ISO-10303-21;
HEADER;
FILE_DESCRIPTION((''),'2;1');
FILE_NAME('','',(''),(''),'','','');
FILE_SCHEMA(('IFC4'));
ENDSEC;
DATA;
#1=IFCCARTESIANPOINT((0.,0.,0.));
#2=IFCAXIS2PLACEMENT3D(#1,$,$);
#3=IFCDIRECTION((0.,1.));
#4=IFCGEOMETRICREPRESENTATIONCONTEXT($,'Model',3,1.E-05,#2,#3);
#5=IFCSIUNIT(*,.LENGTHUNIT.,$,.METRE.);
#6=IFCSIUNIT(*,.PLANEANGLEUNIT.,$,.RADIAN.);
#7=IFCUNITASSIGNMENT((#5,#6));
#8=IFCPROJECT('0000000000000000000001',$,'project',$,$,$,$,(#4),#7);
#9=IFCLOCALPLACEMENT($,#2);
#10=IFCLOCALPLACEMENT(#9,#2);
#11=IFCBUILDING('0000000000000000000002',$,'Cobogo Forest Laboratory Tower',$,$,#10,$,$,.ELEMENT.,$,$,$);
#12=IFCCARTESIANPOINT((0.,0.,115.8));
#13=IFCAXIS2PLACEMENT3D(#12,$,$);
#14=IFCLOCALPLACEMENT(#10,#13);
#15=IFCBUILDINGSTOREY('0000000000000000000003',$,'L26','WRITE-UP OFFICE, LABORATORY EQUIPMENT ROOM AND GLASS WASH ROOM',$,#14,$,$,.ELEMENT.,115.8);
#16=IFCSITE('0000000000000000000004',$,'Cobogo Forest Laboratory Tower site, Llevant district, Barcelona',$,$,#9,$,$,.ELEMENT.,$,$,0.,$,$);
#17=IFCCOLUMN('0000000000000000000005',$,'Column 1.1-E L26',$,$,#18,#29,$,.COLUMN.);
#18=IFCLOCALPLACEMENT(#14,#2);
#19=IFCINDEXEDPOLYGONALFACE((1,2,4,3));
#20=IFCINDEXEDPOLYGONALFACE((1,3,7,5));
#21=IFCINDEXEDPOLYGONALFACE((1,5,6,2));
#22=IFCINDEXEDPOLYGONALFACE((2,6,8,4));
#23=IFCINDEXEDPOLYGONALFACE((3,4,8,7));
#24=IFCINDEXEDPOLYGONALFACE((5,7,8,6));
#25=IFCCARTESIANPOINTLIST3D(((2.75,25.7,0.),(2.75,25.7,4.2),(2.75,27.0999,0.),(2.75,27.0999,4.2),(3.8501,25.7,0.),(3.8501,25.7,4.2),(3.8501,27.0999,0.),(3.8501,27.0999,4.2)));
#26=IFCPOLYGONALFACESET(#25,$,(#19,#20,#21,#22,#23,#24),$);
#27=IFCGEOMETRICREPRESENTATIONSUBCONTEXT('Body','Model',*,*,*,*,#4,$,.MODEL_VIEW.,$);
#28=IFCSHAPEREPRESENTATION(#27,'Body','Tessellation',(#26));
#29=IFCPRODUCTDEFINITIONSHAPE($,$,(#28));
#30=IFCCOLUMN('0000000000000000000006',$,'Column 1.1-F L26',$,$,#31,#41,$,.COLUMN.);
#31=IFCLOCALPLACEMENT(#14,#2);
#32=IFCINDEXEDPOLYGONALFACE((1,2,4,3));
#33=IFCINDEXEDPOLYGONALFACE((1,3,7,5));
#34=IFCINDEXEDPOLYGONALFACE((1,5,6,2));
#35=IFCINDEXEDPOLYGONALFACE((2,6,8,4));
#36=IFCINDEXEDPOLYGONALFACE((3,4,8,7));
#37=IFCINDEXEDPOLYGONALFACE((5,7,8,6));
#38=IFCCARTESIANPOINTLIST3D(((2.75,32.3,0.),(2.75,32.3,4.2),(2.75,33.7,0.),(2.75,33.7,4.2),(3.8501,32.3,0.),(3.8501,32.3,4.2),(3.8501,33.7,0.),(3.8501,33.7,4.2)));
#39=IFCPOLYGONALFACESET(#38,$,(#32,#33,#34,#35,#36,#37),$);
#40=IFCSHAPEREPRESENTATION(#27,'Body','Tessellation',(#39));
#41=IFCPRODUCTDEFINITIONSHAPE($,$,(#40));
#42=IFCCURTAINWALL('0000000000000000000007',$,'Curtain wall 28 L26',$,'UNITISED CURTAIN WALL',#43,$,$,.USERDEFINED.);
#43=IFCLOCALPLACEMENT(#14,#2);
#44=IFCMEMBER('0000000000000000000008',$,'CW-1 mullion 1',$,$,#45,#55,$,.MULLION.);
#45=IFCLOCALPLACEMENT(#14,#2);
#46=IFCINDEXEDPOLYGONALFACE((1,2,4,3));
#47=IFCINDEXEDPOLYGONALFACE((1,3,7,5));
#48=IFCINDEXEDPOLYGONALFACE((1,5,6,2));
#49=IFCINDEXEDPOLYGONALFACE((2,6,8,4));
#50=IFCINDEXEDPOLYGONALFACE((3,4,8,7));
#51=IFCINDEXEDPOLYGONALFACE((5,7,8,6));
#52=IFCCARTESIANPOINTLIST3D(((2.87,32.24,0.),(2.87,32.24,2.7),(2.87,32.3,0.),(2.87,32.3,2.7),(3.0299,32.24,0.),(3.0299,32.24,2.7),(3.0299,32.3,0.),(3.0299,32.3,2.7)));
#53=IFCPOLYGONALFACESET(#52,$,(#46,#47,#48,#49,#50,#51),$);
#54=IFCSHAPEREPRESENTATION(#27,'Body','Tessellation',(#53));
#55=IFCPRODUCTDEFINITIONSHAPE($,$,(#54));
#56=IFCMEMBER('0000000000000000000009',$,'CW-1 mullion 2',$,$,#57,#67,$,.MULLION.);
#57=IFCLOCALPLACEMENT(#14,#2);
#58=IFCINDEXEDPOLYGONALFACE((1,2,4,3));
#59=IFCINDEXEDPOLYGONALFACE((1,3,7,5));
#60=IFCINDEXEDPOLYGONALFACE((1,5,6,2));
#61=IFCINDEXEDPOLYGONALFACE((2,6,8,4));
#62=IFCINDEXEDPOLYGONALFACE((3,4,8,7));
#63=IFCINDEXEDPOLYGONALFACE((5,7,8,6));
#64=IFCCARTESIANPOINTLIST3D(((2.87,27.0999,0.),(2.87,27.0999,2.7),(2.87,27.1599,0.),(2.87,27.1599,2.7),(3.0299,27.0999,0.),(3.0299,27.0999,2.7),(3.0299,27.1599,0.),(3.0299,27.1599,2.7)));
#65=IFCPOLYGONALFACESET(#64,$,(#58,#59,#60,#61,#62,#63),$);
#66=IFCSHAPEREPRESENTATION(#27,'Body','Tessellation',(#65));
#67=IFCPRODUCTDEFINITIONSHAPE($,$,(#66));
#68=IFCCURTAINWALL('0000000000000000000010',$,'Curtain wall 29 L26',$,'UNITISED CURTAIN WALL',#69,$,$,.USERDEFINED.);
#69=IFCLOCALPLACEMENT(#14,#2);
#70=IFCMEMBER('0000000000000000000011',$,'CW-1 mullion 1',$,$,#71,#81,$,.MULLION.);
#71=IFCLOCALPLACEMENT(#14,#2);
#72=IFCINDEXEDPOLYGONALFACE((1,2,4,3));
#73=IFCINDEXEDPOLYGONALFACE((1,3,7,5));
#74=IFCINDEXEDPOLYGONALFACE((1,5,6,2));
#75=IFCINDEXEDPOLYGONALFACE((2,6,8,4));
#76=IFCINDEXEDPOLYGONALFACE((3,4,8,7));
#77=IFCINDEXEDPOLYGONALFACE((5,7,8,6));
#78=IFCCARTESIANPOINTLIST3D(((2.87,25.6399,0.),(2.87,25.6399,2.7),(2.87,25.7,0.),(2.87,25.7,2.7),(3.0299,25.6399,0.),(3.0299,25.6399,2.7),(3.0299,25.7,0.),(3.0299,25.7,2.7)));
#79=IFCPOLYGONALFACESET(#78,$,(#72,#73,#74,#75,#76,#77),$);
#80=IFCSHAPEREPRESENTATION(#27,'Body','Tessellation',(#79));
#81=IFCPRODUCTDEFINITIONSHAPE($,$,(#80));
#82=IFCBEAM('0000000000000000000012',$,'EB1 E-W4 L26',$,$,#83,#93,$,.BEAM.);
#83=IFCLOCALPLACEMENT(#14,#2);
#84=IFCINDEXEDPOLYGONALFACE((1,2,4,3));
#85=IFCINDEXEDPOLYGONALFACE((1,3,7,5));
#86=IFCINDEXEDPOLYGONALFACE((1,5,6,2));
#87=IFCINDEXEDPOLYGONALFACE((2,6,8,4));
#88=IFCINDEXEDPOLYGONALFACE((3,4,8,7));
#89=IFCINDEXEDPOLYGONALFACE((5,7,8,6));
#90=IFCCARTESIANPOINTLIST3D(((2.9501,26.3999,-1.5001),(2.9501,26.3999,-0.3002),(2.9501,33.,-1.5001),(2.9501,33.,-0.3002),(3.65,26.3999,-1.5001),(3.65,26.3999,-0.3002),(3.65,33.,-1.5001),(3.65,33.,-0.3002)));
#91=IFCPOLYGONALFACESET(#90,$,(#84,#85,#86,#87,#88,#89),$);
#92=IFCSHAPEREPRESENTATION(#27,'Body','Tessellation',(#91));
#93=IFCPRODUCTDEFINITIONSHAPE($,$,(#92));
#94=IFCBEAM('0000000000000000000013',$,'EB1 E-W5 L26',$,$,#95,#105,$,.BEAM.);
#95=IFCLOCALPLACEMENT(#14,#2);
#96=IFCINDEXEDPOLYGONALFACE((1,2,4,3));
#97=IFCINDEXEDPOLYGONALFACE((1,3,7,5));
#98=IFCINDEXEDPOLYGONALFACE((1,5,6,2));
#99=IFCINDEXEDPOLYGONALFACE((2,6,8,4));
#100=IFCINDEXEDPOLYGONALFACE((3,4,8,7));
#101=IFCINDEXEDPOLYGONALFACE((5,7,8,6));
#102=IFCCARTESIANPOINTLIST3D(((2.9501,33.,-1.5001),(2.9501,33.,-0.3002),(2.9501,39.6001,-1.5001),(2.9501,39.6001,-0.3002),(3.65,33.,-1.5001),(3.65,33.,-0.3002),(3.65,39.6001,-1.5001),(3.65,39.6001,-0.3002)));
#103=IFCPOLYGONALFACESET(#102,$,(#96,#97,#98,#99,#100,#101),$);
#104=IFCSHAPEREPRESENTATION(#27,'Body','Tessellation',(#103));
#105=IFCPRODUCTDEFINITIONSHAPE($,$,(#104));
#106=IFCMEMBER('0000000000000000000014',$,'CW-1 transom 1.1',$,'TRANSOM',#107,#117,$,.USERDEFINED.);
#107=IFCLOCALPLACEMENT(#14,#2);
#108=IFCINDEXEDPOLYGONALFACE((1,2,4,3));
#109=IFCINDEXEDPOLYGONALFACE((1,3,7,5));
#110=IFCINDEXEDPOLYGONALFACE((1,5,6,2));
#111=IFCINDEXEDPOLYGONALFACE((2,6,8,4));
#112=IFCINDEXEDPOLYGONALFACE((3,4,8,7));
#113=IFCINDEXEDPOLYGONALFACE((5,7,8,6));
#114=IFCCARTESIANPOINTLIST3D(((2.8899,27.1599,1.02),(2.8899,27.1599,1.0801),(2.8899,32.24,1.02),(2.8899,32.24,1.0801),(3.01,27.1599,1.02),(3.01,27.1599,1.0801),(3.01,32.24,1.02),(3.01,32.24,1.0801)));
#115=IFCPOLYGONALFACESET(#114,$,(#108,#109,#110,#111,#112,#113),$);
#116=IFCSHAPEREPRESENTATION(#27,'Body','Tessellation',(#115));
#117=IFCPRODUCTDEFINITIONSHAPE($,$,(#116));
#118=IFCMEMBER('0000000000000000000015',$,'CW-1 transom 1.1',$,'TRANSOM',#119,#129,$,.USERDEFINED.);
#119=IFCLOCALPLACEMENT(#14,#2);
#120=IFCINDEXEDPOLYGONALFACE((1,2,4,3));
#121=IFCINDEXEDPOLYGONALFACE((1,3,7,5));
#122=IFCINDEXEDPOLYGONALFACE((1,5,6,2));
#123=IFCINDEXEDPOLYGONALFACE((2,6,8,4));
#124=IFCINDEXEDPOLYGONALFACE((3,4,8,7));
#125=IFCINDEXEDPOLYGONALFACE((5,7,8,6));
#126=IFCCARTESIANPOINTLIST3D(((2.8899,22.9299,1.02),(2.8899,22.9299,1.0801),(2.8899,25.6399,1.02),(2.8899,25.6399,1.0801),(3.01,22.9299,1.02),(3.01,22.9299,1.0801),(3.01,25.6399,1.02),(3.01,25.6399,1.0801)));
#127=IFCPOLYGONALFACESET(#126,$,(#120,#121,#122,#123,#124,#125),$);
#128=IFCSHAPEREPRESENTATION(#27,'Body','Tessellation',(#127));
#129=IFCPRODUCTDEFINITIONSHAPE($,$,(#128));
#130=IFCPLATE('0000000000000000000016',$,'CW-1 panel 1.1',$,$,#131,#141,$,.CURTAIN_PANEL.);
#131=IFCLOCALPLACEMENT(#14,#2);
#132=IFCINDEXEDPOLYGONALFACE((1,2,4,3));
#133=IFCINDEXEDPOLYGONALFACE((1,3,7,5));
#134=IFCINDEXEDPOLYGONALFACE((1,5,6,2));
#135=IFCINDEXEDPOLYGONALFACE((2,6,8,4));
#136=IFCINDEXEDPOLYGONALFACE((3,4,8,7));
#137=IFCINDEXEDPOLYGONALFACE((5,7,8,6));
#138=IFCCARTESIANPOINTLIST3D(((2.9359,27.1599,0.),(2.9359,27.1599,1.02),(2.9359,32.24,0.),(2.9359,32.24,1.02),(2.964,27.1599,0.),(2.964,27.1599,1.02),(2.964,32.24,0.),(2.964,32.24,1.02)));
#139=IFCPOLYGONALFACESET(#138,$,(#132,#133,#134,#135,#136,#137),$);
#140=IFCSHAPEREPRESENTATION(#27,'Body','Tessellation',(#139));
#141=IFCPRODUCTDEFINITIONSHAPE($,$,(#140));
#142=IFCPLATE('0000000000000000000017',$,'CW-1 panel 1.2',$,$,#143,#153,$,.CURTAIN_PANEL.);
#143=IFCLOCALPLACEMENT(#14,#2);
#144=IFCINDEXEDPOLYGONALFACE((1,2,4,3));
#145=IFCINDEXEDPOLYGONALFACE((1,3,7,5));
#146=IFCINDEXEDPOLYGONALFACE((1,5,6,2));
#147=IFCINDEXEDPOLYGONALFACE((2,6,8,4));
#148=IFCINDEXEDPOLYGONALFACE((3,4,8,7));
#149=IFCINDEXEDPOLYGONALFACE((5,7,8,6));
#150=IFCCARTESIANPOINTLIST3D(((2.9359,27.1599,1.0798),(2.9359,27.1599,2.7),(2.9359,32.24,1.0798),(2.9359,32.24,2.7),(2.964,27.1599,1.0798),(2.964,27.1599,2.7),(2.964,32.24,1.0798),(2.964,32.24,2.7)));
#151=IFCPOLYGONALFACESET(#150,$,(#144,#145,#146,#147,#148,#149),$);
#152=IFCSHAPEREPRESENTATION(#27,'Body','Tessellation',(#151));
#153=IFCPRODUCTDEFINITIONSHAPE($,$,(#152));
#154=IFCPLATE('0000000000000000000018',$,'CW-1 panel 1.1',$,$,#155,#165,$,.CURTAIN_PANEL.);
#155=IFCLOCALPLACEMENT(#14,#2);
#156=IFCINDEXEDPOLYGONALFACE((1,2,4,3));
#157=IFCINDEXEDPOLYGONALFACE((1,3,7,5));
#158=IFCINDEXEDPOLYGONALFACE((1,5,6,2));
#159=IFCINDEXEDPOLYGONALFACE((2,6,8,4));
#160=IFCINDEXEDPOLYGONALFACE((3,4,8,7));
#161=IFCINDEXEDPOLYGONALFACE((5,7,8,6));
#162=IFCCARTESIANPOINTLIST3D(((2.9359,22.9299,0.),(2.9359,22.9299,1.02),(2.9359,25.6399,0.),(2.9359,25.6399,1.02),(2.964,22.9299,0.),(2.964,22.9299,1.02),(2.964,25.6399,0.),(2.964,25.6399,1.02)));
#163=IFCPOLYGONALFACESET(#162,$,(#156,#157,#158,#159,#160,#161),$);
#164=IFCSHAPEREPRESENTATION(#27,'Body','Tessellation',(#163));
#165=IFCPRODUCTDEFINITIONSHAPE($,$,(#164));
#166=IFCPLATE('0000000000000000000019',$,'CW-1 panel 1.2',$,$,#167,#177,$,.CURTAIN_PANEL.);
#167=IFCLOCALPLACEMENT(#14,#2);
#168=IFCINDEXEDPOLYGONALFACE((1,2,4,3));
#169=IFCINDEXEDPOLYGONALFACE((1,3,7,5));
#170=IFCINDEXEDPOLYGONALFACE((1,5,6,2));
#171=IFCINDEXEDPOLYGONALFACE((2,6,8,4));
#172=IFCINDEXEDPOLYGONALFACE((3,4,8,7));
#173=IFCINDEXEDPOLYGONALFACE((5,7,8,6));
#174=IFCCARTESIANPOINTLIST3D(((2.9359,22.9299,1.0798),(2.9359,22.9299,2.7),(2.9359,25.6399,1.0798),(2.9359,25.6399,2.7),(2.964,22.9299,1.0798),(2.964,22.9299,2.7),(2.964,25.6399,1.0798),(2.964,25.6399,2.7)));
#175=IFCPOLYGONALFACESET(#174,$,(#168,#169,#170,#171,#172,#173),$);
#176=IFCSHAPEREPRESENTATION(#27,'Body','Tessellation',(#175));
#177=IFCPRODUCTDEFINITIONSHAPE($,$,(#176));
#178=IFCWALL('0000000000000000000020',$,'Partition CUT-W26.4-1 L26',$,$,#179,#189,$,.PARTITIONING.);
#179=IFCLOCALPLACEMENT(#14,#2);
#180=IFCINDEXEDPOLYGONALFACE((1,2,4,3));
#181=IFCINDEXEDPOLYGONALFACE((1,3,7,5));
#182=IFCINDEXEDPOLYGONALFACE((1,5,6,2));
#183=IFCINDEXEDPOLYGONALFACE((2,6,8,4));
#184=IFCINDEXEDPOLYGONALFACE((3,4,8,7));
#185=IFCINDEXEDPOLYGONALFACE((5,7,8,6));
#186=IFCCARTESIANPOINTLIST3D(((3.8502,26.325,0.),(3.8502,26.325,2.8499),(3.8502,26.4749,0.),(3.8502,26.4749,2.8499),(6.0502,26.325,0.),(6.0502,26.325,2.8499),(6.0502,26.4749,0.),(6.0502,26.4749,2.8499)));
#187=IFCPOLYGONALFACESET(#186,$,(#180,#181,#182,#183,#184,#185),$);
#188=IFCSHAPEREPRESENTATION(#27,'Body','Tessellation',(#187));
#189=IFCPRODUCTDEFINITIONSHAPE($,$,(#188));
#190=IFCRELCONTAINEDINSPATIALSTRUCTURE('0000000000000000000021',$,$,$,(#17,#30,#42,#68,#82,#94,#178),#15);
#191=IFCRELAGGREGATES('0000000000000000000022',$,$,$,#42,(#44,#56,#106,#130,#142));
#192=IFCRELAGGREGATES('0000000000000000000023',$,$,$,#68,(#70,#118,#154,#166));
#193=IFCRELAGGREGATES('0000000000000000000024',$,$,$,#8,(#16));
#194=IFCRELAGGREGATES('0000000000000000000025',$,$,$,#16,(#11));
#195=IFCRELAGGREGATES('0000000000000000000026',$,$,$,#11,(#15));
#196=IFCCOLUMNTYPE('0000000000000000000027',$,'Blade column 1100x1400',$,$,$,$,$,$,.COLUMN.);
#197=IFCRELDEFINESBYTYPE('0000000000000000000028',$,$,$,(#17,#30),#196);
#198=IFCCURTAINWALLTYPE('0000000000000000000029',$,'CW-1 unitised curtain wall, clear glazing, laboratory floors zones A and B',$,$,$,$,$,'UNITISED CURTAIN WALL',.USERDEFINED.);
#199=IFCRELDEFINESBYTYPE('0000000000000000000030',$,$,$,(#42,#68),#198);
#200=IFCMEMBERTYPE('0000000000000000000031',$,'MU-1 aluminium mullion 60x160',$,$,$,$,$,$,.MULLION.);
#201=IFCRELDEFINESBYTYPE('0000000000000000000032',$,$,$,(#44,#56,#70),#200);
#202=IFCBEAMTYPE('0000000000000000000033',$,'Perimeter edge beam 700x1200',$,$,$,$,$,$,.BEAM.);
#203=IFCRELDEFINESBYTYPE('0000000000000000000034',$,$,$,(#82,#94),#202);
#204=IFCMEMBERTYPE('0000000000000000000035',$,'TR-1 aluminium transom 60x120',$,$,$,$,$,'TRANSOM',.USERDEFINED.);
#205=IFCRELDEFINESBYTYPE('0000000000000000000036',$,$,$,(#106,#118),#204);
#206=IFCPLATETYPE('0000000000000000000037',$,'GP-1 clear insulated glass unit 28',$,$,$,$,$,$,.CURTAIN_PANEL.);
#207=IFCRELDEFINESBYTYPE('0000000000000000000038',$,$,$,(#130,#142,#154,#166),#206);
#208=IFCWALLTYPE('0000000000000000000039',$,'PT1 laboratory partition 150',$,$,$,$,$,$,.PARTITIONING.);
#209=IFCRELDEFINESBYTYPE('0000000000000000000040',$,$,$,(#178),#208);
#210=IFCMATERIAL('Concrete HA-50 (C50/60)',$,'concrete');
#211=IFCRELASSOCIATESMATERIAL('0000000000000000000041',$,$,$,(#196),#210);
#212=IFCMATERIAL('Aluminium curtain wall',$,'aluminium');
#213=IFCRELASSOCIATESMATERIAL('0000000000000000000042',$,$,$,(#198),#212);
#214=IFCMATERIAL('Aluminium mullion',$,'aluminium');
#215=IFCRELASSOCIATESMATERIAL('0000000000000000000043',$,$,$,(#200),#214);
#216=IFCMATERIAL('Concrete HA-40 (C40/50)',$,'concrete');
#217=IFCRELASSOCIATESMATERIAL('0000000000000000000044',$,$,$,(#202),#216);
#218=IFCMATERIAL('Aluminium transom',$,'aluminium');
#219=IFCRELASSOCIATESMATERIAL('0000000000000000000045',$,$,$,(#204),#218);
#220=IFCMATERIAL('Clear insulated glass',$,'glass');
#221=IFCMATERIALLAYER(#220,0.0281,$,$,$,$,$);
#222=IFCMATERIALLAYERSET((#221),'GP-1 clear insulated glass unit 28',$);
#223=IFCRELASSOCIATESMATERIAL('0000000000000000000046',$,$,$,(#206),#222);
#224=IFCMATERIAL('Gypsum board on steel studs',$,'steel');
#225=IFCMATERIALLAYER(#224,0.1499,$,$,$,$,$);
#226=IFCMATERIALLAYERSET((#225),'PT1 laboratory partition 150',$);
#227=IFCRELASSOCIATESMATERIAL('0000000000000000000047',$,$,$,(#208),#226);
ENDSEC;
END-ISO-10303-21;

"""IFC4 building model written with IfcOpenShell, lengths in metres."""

from ifc_helpers import new_model, si_unit, direction, frame, frame_2d, origin, origin_2d, place, context, subcontext, project, spatial, rectangle, extrude, material, layer, layer_set, material_profile, profile_set, type_object, element, aggregate, save


model = new_model("IFC4")

# Units and contexts
model_context = context("Model", 3, precision=1e-05, world=origin(), true_north=direction((0.0, 1.0)))
body_context = subcontext(model_context, "Body", "Model", "MODEL_VIEW")
ifc_project = project(units=[si_unit("LENGTHUNIT", "METRE"), si_unit("PLANEANGLEUNIT", "RADIAN")], contexts=[model_context])

# Site, building, storey
site_placement = place(None, origin())
site = spatial("IfcSite", under=ifc_project, at=site_placement, Name="Cobogo Forest Laboratory Tower site, Llevant district, Barcelona", CompositionType="ELEMENT", RefElevation=0.0)
building_placement = place(site_placement, origin())
building = spatial("IfcBuilding", under=site, at=building_placement, Name="Cobogo Forest Laboratory Tower", CompositionType="ELEMENT")
storey_placement = place(building_placement, frame((0.0, 0.0, 115.8)))
storey = spatial("IfcBuildingStorey", under=building, at=storey_placement, Name="L26", Description="WRITE-UP OFFICE, LABORATORY EQUIPMENT ROOM AND GLASS WASH ROOM", CompositionType="ELEMENT", Elevation=115.8)

# Columns
ifc_material_1 = material(Name="Concrete HA-50 (C50/60)", Category="concrete")
ifc_material_profile_1 = material_profile(ifc_material_1, rectangle(XDim=1.3999, YDim=1.1001, at=origin_2d()), Name="RC 1100x1400")
ifc_profile_set_1 = profile_set([ifc_material_profile_1], Name="Concrete HA-50 (C50/60)")
column_type = type_object("IfcColumnType", Name="Blade column 1100x1400", PredefinedType="COLUMN", material=ifc_profile_set_1)
for number, where, z_axis, x_axis, name in (
    (1, (3.3, 26.3999, 0.0), (0.0, 0.0, 1.0), (0.0, 1.0, 0.0), "Column 1.1-E L26"),
    (2, (3.3, 33.0, 0.0), (0.0, 0.0, 1.0), (0.0, 1.0, 0.0), "Column 1.1-F L26"),
):
    element("IfcColumn", number, at=place(storey_placement, frame(where, z_axis=z_axis, x_axis=x_axis)), inside=storey, type_object=column_type, Name=name, PredefinedType="COLUMN", context=body_context, shape_type="SweptSolid", body=[
        extrude(rectangle(XDim=1.3999, YDim=1.1001, at=origin_2d()), origin(), (0.0, 0.0, 1.0), 4.2),
    ])

# Curtain wall, members
ifc_material_2 = material(Name="Aluminium curtain wall", Category="aluminium")
curtain_wall_type = type_object("IfcCurtainWallType", Name="CW-1 unitised curtain wall, clear glazing, laboratory floors zones A and B", ElementType="UNITISED CURTAIN WALL", PredefinedType="USERDEFINED", material=ifc_material_2)
curtain_wall_1_placement = place(storey_placement, origin())
curtain_wall_1 = element("IfcCurtainWall", 3, at=curtain_wall_1_placement, inside=storey, type_object=curtain_wall_type, Name="Curtain wall 28 L26", ObjectType="UNITISED CURTAIN WALL", PredefinedType="USERDEFINED")
ifc_material_3 = material(Name="Aluminium mullion", Category="aluminium")
ifc_material_profile_2 = material_profile(ifc_material_3, rectangle(XDim=0.0601, YDim=0.1599, at=origin_2d()), Name="AL 60x160")
ifc_profile_set_2 = profile_set([ifc_material_profile_2], Name="Aluminium mullion")
member_type_1 = type_object("IfcMemberType", Name="MU-1 aluminium mullion 60x160", PredefinedType="MULLION", material=ifc_profile_set_2)
member_1_placement = place(storey_placement, frame((2.95, 32.27, 0.0), z_axis=(0.0, 0.0, 1.0), x_axis=(0.0, -1.0, 0.0)))
member_1 = element("IfcMember", 4, at=member_1_placement, type_object=member_type_1, Name="CW-1 mullion 1", PredefinedType="MULLION", context=body_context, shape_type="SweptSolid", body=[
    extrude(rectangle(XDim=0.0601, YDim=0.1599, at=origin_2d()), origin(), (0.0, 0.0, 1.0), 2.7),
])
member_2_placement = place(storey_placement, frame((2.95, 27.1299, 0.0), z_axis=(0.0, 0.0, 1.0), x_axis=(0.0, -1.0, 0.0)))
member_2 = element("IfcMember", 5, at=member_2_placement, type_object=member_type_1, Name="CW-1 mullion 2", PredefinedType="MULLION", context=body_context, shape_type="SweptSolid", body=[
    extrude(rectangle(XDim=0.0601, YDim=0.1599, at=origin_2d()), origin(), (0.0, 0.0, 1.0), 2.7),
])

# Curtain wall, member
curtain_wall_2_placement = place(storey_placement, origin())
curtain_wall_2 = element("IfcCurtainWall", 6, at=curtain_wall_2_placement, inside=storey, type_object=curtain_wall_type, Name="Curtain wall 29 L26", ObjectType="UNITISED CURTAIN WALL", PredefinedType="USERDEFINED")
member_3_placement = place(storey_placement, frame((2.95, 25.6699, 0.0), z_axis=(0.0, 0.0, 1.0), x_axis=(0.0, -1.0, 0.0)))
member_3 = element("IfcMember", 7, at=member_3_placement, type_object=member_type_1, Name="CW-1 mullion 1", PredefinedType="MULLION", context=body_context, shape_type="SweptSolid", body=[
    extrude(rectangle(XDim=0.0601, YDim=0.1599, at=origin_2d()), origin(), (0.0, 0.0, 1.0), 2.7),
])

# Beams
ifc_material_4 = material(Name="Concrete HA-40 (C40/50)", Category="concrete")
ifc_material_profile_3 = material_profile(ifc_material_4, rectangle(XDim=0.7, YDim=1.2, at=origin_2d()), Name="RC 700x1200")
ifc_profile_set_3 = profile_set([ifc_material_profile_3], Name="Concrete HA-40 (C40/50)")
beam_type = type_object("IfcBeamType", Name="Perimeter edge beam 700x1200", PredefinedType="BEAM", material=ifc_profile_set_3)
for number, where, z_axis, x_axis, name in (
    (8, (3.3, 26.3999, -0.9001), (0.0, 1.0, 0.0), (-1.0, 0.0, 0.0), "EB1 E-W4 L26"),
    (9, (3.3, 33.0, -0.9001), (0.0, 1.0, 0.0), (-1.0, 0.0, 0.0), "EB1 E-W5 L26"),
):
    element("IfcBeam", number, at=place(storey_placement, frame(where, z_axis=z_axis, x_axis=x_axis)), inside=storey, type_object=beam_type, Name=name, PredefinedType="BEAM", context=body_context, shape_type="SweptSolid", body=[
        extrude(rectangle(XDim=0.7, YDim=1.2, at=origin_2d()), origin(), (0.0, 0.0, 1.0), 6.6001),
    ])

# Members
ifc_material_5 = material(Name="Aluminium transom", Category="aluminium")
ifc_material_profile_4 = material_profile(ifc_material_5, rectangle(XDim=0.1201, YDim=0.0601, at=origin_2d()), Name="AL 60x120")
ifc_profile_set_4 = profile_set([ifc_material_profile_4], Name="Aluminium transom")
member_type_2 = type_object("IfcMemberType", Name="TR-1 aluminium transom 60x120", ElementType="TRANSOM", PredefinedType="USERDEFINED", material=ifc_profile_set_4)
member_4_placement = place(storey_placement, frame((2.95, 32.24, 1.05), z_axis=(0.0, -1.0, 0.0), x_axis=(1.0, 0.0, 0.0)))
member_4 = element("IfcMember", 10, at=member_4_placement, type_object=member_type_2, Name="CW-1 transom 1.1", ObjectType="TRANSOM", PredefinedType="USERDEFINED", context=body_context, shape_type="SweptSolid", body=[
    extrude(rectangle(XDim=0.1201, YDim=0.0601, at=origin_2d()), origin(), (0.0, 0.0, 1.0), 5.0801),
])
member_5_placement = place(storey_placement, frame((2.95, 25.6399, 1.05), z_axis=(0.0, -1.0, 0.0), x_axis=(1.0, 0.0, 0.0)))
member_5 = element("IfcMember", 11, at=member_5_placement, type_object=member_type_2, Name="CW-1 transom 1.1", ObjectType="TRANSOM", PredefinedType="USERDEFINED", context=body_context, shape_type="SweptSolid", body=[
    extrude(rectangle(XDim=0.1201, YDim=0.0601, at=origin_2d()), origin(), (0.0, 0.0, 1.0), 2.71),
])

# Plates
ifc_material_6 = material(Name="Clear insulated glass", Category="glass")
ifc_layer_1 = layer(ifc_material_6, 0.0281)
ifc_layer_set_1 = layer_set([ifc_layer_1], Name="GP-1 clear insulated glass unit 28")
plate_type_1 = type_object("IfcPlateType", Name="GP-1 clear insulated glass unit 28", PredefinedType="CURTAIN_PANEL", material=ifc_layer_set_1)
plate_1_placement = place(storey_placement, frame((2.95, 29.7, 0.0), z_axis=(0.0, 0.0, 1.0), x_axis=(0.0, -1.0, 0.0)))
plate_1 = element("IfcPlate", 12, at=plate_1_placement, type_object=plate_type_1, Name="CW-1 panel 1.1", PredefinedType="CURTAIN_PANEL", context=body_context, shape_type="SweptSolid", body=[
    extrude(rectangle(XDim=5.0801, YDim=0.0281, at=origin_2d()), origin(), (0.0, 0.0, 1.0), 1.02),
])
plate_2_placement = place(storey_placement, frame((2.95, 29.7, 1.0798), z_axis=(0.0, 0.0, 1.0), x_axis=(0.0, -1.0, 0.0)))
plate_2 = element("IfcPlate", 13, at=plate_2_placement, type_object=plate_type_1, Name="CW-1 panel 1.2", PredefinedType="CURTAIN_PANEL", context=body_context, shape_type="SweptSolid", body=[
    extrude(rectangle(XDim=5.0801, YDim=0.0281, at=origin_2d()), origin(), (0.0, 0.0, 1.0), 1.6201),
])
aggregate(curtain_wall_1, [member_1, member_2, member_4, plate_1, plate_2])
plate_3_placement = place(storey_placement, frame((2.95, 24.2849, 0.0), z_axis=(0.0, 0.0, 1.0), x_axis=(0.0, -1.0, 0.0)))
plate_3 = element("IfcPlate", 14, at=plate_3_placement, type_object=plate_type_1, Name="CW-1 panel 1.1", PredefinedType="CURTAIN_PANEL", context=body_context, shape_type="SweptSolid", body=[
    extrude(rectangle(XDim=2.71, YDim=0.0281, at=origin_2d()), origin(), (0.0, 0.0, 1.0), 1.02),
])
plate_4_placement = place(storey_placement, frame((2.95, 24.2849, 1.0798), z_axis=(0.0, 0.0, 1.0), x_axis=(0.0, -1.0, 0.0)))
plate_4 = element("IfcPlate", 15, at=plate_4_placement, type_object=plate_type_1, Name="CW-1 panel 1.2", PredefinedType="CURTAIN_PANEL", context=body_context, shape_type="SweptSolid", body=[
    extrude(rectangle(XDim=2.71, YDim=0.0281, at=origin_2d()), origin(), (0.0, 0.0, 1.0), 1.6201),
])
aggregate(curtain_wall_2, [member_3, member_5, plate_3, plate_4])

# Wall
ifc_material_7 = material(Name="Gypsum board on steel studs", Category="steel")
ifc_layer_2 = layer(ifc_material_7, 0.1499)
ifc_layer_set_2 = layer_set([ifc_layer_2], Name="PT1 laboratory partition 150")
wall_type_1 = type_object("IfcWallType", Name="PT1 laboratory partition 150", PredefinedType="PARTITIONING", material=ifc_layer_set_2)
wall_1_placement = place(storey_placement, frame((3.8501, 26.3999, 0.0), z_axis=(0.0, 0.0, 1.0), x_axis=(1.0, 0.0, 0.0)))
element("IfcWall", 16, at=wall_1_placement, inside=storey, type_object=wall_type_1, Name="Partition CUT-W26.4-1 L26", PredefinedType="PARTITIONING", context=body_context, shape_type="SweptSolid", body=[
    extrude(rectangle(XDim=2.2, YDim=0.1499, at=frame_2d((1.1001, 0.0))), origin(), (0.0, 0.0, 1.0), 2.8499),
])

save(model, "model.ifc")
